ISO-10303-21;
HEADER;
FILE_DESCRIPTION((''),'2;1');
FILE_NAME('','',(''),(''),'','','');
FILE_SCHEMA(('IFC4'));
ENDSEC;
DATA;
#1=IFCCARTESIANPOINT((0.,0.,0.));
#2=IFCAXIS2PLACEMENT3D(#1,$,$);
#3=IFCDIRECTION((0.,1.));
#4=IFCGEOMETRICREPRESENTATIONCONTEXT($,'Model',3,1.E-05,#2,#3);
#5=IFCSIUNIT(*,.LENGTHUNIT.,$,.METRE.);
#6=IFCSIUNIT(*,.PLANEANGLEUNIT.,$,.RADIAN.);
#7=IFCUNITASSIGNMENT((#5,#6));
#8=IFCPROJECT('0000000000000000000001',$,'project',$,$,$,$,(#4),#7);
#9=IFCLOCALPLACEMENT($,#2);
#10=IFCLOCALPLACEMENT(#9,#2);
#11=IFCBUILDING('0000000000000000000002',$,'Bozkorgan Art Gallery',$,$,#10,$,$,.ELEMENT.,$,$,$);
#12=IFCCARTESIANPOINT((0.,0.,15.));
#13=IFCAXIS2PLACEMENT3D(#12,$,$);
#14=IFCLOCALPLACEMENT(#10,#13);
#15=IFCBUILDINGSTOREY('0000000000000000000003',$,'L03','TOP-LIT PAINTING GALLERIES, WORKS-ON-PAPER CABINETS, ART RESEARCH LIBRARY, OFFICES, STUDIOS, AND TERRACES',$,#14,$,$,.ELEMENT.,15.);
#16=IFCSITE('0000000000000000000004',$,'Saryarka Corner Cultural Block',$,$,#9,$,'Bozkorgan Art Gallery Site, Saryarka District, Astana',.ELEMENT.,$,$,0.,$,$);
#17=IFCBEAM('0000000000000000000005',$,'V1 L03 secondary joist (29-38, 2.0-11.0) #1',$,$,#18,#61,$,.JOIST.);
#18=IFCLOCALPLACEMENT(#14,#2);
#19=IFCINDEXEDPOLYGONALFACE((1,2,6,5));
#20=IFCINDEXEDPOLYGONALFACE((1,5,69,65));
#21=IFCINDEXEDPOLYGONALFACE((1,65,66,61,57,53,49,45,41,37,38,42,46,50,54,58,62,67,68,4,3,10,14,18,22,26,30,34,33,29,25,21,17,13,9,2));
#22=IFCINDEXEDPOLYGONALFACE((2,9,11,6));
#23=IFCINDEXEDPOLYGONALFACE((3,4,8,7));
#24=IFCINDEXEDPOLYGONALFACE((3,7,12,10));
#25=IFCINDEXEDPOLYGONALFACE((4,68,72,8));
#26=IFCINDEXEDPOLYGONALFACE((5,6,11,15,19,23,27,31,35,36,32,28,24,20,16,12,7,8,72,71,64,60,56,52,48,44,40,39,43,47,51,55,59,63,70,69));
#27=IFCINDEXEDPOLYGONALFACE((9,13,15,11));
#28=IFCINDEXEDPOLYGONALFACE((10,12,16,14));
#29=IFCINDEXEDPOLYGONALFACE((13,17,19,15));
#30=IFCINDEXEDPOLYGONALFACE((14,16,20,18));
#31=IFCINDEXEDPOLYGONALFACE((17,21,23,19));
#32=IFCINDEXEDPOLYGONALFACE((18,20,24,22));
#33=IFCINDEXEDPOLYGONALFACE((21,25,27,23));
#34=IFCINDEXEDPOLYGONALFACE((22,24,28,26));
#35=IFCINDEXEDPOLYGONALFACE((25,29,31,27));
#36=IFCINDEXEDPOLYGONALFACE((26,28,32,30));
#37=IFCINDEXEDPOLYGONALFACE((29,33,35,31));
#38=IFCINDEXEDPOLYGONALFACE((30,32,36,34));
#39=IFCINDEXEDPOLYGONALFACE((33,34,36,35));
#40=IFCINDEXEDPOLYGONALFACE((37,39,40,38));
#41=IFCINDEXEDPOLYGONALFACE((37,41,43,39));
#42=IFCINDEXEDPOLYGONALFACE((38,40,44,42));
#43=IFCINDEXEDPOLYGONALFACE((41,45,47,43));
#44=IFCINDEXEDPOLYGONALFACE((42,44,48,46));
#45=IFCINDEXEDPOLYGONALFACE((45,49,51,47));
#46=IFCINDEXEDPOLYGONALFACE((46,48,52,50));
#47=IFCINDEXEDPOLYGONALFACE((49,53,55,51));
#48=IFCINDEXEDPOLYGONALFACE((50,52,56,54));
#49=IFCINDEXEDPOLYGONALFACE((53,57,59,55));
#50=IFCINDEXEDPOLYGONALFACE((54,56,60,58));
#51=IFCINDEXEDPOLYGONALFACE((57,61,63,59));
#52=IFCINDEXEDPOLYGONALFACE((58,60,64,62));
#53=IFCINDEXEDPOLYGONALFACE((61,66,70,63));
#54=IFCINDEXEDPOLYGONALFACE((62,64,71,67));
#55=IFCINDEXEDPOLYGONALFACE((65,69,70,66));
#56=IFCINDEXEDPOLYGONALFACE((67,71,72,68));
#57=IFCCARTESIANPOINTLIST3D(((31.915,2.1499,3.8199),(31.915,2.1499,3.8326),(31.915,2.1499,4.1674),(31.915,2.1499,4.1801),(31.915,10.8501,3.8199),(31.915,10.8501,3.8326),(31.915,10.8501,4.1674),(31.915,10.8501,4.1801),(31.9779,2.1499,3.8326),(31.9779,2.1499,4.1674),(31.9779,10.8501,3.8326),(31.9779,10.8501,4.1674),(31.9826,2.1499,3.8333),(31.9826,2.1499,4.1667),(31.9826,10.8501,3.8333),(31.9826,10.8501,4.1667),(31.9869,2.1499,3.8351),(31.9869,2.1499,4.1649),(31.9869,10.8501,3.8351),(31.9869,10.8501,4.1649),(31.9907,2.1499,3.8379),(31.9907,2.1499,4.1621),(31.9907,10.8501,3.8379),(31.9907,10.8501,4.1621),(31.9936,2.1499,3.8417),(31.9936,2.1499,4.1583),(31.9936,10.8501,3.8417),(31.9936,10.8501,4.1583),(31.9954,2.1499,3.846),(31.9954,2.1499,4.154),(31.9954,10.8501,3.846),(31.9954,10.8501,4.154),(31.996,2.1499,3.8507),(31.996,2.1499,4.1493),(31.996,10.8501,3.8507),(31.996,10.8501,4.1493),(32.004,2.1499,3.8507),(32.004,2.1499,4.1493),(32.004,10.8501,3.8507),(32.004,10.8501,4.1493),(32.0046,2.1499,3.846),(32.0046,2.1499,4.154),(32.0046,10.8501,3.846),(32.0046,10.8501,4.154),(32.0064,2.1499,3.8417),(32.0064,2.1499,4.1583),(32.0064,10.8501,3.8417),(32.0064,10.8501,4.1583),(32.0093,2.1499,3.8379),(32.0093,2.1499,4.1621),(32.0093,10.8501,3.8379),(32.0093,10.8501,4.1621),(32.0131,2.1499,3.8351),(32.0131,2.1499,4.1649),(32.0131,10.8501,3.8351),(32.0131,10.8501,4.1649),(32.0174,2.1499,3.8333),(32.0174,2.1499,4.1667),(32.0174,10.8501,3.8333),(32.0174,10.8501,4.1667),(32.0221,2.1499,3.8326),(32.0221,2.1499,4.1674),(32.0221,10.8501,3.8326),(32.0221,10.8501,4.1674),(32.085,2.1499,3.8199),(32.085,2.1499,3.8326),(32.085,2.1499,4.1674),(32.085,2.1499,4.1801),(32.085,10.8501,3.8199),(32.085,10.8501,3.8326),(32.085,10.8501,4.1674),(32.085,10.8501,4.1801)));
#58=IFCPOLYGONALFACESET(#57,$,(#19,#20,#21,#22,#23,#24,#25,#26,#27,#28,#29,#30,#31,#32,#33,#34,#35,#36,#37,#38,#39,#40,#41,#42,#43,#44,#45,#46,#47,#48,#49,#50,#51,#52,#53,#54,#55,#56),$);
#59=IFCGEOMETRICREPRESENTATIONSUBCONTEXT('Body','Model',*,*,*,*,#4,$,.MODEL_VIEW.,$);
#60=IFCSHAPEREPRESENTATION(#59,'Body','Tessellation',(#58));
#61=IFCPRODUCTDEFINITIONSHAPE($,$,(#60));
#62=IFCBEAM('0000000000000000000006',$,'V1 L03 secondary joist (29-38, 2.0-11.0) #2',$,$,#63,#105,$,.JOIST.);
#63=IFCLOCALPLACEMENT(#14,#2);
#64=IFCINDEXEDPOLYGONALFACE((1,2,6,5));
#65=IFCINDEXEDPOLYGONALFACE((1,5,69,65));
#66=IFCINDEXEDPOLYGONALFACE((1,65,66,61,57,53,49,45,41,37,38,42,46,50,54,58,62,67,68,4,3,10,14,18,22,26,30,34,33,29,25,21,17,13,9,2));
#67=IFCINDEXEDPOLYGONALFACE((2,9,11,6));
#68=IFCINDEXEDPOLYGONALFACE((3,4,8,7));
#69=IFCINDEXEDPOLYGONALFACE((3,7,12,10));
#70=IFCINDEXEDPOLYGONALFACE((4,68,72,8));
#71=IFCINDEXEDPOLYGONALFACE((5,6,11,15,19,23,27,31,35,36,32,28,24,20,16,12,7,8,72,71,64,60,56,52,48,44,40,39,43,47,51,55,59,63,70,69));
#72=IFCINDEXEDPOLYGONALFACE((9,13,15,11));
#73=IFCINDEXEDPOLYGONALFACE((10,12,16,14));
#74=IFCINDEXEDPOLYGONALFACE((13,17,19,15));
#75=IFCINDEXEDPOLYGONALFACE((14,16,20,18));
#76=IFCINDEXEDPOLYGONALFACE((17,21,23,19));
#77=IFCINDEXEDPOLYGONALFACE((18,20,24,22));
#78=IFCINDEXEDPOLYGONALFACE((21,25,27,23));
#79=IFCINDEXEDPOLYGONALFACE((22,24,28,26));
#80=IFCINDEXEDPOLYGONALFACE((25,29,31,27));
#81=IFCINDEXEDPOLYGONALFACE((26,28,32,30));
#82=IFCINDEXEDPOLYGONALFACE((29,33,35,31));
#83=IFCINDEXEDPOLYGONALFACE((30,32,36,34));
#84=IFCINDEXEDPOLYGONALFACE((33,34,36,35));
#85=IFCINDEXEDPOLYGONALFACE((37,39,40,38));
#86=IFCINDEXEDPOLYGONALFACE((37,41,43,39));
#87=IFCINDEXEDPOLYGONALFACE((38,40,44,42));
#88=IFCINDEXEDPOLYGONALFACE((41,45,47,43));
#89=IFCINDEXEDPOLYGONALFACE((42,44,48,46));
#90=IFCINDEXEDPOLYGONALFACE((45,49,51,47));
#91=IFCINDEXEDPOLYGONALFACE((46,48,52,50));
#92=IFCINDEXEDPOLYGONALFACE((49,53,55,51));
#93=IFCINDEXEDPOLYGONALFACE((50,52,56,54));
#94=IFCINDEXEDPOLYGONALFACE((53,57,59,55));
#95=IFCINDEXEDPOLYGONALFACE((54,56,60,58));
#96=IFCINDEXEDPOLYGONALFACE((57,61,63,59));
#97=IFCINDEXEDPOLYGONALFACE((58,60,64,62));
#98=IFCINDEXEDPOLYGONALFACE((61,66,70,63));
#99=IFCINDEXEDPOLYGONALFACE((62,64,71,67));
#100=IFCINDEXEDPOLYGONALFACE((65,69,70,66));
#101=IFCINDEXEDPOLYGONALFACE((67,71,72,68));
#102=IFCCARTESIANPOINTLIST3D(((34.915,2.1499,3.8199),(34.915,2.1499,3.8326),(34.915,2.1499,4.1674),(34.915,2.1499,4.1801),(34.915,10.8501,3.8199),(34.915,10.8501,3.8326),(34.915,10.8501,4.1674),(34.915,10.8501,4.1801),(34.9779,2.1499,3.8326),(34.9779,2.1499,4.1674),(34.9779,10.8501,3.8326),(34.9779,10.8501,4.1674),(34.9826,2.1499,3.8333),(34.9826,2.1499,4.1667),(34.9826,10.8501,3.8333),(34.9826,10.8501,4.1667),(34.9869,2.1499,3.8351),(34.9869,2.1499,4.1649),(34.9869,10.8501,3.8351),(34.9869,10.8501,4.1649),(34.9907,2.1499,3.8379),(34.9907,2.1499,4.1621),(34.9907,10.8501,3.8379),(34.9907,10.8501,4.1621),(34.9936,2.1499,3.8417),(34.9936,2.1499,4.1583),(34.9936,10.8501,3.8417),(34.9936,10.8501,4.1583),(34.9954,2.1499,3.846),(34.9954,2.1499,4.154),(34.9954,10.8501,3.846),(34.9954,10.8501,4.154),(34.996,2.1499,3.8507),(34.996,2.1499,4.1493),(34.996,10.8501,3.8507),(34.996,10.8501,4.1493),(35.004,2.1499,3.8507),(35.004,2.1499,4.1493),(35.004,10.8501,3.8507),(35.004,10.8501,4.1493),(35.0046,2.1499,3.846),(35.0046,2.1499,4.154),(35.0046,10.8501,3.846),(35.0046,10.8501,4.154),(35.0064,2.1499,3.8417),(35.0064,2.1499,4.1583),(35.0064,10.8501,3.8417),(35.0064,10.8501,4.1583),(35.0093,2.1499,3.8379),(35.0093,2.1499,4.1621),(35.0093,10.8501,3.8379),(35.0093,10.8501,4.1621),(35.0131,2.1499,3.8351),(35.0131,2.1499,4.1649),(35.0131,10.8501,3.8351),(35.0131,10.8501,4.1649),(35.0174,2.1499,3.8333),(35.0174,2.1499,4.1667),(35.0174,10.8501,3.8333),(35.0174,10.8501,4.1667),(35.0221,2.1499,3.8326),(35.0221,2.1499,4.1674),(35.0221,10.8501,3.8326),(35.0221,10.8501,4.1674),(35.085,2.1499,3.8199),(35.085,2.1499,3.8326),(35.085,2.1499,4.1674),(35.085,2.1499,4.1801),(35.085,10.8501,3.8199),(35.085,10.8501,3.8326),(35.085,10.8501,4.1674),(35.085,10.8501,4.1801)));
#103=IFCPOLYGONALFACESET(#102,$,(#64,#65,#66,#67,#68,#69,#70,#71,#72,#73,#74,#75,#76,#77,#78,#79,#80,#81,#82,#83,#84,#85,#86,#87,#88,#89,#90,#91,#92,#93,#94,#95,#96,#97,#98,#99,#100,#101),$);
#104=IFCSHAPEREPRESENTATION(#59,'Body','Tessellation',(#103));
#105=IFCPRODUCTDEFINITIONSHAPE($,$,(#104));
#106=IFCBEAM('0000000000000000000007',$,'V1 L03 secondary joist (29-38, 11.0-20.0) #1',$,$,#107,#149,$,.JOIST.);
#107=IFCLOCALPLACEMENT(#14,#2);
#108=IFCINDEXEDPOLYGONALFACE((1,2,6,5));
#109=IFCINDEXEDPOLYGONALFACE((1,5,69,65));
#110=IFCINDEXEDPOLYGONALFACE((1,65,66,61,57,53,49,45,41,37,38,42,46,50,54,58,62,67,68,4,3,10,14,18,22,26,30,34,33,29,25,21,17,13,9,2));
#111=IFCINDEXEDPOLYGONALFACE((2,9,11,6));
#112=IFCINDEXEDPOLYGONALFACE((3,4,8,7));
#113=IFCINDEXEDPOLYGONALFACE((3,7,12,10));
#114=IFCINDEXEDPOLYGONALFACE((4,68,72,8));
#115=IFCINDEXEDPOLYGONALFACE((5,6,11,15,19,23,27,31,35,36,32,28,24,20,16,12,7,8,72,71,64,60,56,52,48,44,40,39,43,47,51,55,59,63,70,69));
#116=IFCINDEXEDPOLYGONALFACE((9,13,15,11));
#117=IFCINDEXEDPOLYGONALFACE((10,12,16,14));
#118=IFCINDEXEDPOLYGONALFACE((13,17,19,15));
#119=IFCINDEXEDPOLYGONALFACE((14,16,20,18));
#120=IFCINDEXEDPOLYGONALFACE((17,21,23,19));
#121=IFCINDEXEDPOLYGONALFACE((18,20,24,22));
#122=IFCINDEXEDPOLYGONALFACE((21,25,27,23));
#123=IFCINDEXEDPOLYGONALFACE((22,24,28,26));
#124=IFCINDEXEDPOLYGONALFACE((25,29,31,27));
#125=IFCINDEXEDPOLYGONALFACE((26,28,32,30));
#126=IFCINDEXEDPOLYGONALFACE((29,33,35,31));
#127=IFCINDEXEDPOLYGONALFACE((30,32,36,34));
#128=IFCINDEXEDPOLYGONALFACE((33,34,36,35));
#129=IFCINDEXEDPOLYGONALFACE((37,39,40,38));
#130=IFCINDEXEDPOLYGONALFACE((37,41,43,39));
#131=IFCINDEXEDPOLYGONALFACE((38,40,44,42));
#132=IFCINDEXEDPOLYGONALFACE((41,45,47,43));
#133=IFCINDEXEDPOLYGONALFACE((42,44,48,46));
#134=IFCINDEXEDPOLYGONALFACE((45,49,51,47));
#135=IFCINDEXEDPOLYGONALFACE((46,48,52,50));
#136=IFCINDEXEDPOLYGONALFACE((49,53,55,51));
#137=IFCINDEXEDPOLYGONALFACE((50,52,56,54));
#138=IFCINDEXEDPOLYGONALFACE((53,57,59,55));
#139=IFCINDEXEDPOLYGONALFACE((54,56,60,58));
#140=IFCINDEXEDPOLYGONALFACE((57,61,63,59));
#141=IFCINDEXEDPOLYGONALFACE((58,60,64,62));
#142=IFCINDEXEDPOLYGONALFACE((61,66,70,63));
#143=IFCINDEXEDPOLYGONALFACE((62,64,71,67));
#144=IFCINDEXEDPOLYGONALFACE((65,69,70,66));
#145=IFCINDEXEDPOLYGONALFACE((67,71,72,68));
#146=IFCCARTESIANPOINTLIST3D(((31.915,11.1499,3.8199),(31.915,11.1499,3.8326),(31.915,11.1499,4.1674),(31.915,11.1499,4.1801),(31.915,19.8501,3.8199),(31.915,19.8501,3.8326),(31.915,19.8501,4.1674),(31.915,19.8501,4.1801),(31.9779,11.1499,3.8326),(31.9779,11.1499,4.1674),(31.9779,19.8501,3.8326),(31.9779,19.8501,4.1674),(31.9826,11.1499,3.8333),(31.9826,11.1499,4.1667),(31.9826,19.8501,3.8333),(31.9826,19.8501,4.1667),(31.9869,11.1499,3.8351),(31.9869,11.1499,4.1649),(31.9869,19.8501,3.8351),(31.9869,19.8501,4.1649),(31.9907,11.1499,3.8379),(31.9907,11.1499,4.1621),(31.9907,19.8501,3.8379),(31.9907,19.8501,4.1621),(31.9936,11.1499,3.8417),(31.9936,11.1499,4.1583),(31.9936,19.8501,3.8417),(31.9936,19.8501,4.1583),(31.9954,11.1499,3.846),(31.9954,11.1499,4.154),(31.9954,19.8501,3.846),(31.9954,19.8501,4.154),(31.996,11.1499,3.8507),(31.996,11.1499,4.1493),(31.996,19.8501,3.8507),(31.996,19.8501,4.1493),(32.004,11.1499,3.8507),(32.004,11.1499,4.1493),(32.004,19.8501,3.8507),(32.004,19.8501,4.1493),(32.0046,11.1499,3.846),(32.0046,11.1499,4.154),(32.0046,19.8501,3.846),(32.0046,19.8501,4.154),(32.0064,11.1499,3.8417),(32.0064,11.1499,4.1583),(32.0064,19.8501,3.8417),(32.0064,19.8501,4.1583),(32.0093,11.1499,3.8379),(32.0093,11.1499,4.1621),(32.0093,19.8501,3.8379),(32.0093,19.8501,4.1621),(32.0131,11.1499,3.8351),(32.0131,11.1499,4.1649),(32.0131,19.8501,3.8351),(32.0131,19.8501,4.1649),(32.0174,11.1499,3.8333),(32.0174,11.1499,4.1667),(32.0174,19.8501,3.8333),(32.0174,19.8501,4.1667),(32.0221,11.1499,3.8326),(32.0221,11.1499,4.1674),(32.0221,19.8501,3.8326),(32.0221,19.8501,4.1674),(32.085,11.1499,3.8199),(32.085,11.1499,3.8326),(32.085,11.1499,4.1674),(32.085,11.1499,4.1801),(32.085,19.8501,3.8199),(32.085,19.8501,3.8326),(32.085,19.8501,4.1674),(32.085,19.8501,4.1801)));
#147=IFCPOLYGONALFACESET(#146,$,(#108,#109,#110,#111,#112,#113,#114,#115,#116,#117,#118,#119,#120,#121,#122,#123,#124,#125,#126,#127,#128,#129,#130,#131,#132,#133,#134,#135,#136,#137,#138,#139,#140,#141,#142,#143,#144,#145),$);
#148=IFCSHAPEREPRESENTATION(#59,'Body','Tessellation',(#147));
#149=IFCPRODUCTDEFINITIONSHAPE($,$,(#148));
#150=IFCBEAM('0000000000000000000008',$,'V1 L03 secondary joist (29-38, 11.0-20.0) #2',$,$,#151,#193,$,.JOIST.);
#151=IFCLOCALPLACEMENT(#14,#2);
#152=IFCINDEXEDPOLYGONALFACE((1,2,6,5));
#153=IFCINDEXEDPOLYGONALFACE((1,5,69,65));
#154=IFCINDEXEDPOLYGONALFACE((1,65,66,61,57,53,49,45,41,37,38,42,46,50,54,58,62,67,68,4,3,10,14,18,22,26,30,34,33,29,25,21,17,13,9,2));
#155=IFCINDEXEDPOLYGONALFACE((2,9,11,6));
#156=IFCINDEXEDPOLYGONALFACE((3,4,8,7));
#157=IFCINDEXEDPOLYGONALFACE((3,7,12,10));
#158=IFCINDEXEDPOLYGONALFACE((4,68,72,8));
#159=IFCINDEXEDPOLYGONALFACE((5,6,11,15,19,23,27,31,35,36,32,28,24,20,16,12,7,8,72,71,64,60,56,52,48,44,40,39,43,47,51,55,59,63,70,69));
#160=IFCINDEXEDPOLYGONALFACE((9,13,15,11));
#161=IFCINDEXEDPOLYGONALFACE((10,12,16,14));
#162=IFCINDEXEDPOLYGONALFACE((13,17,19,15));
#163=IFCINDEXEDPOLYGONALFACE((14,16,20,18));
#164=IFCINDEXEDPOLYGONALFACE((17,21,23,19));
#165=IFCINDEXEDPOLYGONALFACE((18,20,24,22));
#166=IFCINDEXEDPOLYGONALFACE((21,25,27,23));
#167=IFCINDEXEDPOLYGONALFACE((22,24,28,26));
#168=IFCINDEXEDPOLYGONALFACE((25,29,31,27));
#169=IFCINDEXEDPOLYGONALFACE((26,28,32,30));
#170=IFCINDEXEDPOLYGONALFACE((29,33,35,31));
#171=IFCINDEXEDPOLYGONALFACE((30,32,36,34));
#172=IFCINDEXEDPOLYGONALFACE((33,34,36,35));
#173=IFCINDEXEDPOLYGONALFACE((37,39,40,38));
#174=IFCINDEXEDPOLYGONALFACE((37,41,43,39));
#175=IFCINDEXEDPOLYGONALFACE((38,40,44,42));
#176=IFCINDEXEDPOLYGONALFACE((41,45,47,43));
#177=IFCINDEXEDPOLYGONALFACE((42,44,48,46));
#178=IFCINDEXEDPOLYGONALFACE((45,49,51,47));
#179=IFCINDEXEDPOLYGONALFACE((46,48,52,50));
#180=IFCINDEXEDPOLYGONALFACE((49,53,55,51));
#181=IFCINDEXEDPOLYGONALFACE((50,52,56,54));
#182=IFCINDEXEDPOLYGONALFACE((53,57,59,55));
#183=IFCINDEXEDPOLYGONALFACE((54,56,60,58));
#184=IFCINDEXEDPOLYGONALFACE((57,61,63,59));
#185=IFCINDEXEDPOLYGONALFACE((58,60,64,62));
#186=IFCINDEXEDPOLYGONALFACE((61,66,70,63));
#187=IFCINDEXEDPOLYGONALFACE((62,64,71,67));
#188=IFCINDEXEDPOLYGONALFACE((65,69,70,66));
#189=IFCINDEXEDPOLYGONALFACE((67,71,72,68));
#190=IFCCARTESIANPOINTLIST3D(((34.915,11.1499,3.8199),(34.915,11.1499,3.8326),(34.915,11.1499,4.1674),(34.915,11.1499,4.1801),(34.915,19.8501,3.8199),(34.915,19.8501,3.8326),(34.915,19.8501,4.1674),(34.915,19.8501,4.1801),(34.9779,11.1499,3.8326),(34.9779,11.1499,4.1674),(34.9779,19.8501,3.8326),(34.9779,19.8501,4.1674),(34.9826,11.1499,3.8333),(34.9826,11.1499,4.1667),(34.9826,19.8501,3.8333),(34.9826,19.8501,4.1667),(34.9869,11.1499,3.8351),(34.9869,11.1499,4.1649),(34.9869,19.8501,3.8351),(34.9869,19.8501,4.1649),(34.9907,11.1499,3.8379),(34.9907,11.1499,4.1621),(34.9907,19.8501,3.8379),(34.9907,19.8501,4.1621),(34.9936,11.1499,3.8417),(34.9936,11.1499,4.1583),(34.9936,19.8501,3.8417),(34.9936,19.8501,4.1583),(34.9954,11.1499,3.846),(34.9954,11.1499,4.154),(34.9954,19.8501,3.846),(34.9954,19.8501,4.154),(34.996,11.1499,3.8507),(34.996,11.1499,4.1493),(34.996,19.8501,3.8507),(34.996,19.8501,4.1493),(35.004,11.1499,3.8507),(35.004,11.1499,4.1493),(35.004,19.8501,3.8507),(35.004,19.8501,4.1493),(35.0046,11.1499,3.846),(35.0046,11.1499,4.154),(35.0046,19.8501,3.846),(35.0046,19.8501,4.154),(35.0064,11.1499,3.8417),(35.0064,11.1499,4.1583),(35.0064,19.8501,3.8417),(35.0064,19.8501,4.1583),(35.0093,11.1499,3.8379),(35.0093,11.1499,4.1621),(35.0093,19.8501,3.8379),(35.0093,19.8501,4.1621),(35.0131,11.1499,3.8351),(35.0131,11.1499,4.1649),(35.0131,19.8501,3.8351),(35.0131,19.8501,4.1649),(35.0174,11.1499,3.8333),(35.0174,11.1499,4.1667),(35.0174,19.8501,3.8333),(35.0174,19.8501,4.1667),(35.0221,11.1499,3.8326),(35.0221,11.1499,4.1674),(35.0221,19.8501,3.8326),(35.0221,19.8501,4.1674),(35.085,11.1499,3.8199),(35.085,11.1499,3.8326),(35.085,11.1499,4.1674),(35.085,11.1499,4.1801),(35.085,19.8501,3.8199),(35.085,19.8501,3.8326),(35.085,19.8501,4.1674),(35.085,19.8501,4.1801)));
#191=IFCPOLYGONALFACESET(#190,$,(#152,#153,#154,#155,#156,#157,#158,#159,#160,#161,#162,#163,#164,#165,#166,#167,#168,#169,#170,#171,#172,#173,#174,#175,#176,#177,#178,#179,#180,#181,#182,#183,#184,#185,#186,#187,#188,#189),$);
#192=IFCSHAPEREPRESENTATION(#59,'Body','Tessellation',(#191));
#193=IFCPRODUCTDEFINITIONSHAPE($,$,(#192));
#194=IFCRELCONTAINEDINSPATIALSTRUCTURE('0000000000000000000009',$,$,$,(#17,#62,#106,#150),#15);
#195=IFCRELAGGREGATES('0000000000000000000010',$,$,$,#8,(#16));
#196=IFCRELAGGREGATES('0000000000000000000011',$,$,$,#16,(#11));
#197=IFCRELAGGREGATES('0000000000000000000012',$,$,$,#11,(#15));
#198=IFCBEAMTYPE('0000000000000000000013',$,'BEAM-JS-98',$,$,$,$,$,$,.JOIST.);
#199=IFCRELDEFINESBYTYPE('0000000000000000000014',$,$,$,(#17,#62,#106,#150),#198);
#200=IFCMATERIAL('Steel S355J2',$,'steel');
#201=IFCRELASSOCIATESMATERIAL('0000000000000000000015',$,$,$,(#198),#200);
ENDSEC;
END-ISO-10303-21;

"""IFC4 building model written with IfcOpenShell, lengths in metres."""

from ifc_helpers import new_model, si_unit, direction, frame, origin, origin_2d, place, context, subcontext, project, spatial, i_section, extrude, material, material_profile, profile_set, type_object, element, save


model = new_model("IFC4")

# Units and contexts
model_context = context("Model", 3, precision=1e-05, world=origin(), true_north=direction((0.0, 1.0)))
body_context = subcontext(model_context, "Body", "Model", "MODEL_VIEW")
ifc_project = project(units=[si_unit("LENGTHUNIT", "METRE"), si_unit("PLANEANGLEUNIT", "RADIAN")], contexts=[model_context])

# Site, building, storey
site_placement = place(None, origin())
site = spatial("IfcSite", under=ifc_project, at=site_placement, Name="Saryarka Corner Cultural Block", LongName="Bozkorgan Art Gallery Site, Saryarka District, Astana", CompositionType="ELEMENT", RefElevation=0.0)
building_placement = place(site_placement, origin())
building = spatial("IfcBuilding", under=site, at=building_placement, Name="Bozkorgan Art Gallery", CompositionType="ELEMENT")
storey_placement = place(building_placement, frame((0.0, 0.0, 15.0)))
storey = spatial("IfcBuildingStorey", under=building, at=storey_placement, Name="L03", Description="TOP-LIT PAINTING GALLERIES, WORKS-ON-PAPER CABINETS, ART RESEARCH LIBRARY, OFFICES, STUDIOS, AND TERRACES", CompositionType="ELEMENT", Elevation=15.0)

# Beams
ifc_material_1 = material(Name="Steel S355J2", Category="steel")
ifc_material_profile_1 = material_profile(ifc_material_1, i_section(OverallWidth=0.1699, OverallDepth=0.3601, WebThickness=0.0081, FlangeThickness=0.0127, FilletRadius=0.0181, at=origin_2d()), Name="IPE 360")
ifc_profile_set_1 = profile_set([ifc_material_profile_1], Name="Steel S355J2")
beam_type_1 = type_object("IfcBeamType", Name="BEAM-JS-98", PredefinedType="JOIST", material=ifc_profile_set_1)
for number, where, z_axis, x_axis, name in (
    (1, (32.0, 2.1499, 4.0), (0.0, 1.0, 0.0), (-1.0, 0.0, 0.0), "V1 L03 secondary joist (29-38, 2.0-11.0) #1"),
    (2, (35.0, 2.1499, 4.0), (0.0, 1.0, 0.0), (-1.0, 0.0, 0.0), "V1 L03 secondary joist (29-38, 2.0-11.0) #2"),
    (3, (32.0, 11.1499, 4.0), (0.0, 1.0, 0.0), (-1.0, 0.0, 0.0), "V1 L03 secondary joist (29-38, 11.0-20.0) #1"),
    (4, (35.0, 11.1499, 4.0), (0.0, 1.0, 0.0), (-1.0, 0.0, 0.0), "V1 L03 secondary joist (29-38, 11.0-20.0) #2"),
):
    element("IfcBeam", number, at=place(storey_placement, frame(where, z_axis=z_axis, x_axis=x_axis)), inside=storey, type_object=beam_type_1, Name=name, PredefinedType="JOIST", context=body_context, shape_type="SweptSolid", body=[
        extrude(i_section(OverallWidth=0.1699, OverallDepth=0.3601, WebThickness=0.0081, FlangeThickness=0.0127, FilletRadius=0.0181, at=origin_2d()), origin(), (0.0, 0.0, 1.0), 8.7002),
    ])

save(model, "model.ifc")
